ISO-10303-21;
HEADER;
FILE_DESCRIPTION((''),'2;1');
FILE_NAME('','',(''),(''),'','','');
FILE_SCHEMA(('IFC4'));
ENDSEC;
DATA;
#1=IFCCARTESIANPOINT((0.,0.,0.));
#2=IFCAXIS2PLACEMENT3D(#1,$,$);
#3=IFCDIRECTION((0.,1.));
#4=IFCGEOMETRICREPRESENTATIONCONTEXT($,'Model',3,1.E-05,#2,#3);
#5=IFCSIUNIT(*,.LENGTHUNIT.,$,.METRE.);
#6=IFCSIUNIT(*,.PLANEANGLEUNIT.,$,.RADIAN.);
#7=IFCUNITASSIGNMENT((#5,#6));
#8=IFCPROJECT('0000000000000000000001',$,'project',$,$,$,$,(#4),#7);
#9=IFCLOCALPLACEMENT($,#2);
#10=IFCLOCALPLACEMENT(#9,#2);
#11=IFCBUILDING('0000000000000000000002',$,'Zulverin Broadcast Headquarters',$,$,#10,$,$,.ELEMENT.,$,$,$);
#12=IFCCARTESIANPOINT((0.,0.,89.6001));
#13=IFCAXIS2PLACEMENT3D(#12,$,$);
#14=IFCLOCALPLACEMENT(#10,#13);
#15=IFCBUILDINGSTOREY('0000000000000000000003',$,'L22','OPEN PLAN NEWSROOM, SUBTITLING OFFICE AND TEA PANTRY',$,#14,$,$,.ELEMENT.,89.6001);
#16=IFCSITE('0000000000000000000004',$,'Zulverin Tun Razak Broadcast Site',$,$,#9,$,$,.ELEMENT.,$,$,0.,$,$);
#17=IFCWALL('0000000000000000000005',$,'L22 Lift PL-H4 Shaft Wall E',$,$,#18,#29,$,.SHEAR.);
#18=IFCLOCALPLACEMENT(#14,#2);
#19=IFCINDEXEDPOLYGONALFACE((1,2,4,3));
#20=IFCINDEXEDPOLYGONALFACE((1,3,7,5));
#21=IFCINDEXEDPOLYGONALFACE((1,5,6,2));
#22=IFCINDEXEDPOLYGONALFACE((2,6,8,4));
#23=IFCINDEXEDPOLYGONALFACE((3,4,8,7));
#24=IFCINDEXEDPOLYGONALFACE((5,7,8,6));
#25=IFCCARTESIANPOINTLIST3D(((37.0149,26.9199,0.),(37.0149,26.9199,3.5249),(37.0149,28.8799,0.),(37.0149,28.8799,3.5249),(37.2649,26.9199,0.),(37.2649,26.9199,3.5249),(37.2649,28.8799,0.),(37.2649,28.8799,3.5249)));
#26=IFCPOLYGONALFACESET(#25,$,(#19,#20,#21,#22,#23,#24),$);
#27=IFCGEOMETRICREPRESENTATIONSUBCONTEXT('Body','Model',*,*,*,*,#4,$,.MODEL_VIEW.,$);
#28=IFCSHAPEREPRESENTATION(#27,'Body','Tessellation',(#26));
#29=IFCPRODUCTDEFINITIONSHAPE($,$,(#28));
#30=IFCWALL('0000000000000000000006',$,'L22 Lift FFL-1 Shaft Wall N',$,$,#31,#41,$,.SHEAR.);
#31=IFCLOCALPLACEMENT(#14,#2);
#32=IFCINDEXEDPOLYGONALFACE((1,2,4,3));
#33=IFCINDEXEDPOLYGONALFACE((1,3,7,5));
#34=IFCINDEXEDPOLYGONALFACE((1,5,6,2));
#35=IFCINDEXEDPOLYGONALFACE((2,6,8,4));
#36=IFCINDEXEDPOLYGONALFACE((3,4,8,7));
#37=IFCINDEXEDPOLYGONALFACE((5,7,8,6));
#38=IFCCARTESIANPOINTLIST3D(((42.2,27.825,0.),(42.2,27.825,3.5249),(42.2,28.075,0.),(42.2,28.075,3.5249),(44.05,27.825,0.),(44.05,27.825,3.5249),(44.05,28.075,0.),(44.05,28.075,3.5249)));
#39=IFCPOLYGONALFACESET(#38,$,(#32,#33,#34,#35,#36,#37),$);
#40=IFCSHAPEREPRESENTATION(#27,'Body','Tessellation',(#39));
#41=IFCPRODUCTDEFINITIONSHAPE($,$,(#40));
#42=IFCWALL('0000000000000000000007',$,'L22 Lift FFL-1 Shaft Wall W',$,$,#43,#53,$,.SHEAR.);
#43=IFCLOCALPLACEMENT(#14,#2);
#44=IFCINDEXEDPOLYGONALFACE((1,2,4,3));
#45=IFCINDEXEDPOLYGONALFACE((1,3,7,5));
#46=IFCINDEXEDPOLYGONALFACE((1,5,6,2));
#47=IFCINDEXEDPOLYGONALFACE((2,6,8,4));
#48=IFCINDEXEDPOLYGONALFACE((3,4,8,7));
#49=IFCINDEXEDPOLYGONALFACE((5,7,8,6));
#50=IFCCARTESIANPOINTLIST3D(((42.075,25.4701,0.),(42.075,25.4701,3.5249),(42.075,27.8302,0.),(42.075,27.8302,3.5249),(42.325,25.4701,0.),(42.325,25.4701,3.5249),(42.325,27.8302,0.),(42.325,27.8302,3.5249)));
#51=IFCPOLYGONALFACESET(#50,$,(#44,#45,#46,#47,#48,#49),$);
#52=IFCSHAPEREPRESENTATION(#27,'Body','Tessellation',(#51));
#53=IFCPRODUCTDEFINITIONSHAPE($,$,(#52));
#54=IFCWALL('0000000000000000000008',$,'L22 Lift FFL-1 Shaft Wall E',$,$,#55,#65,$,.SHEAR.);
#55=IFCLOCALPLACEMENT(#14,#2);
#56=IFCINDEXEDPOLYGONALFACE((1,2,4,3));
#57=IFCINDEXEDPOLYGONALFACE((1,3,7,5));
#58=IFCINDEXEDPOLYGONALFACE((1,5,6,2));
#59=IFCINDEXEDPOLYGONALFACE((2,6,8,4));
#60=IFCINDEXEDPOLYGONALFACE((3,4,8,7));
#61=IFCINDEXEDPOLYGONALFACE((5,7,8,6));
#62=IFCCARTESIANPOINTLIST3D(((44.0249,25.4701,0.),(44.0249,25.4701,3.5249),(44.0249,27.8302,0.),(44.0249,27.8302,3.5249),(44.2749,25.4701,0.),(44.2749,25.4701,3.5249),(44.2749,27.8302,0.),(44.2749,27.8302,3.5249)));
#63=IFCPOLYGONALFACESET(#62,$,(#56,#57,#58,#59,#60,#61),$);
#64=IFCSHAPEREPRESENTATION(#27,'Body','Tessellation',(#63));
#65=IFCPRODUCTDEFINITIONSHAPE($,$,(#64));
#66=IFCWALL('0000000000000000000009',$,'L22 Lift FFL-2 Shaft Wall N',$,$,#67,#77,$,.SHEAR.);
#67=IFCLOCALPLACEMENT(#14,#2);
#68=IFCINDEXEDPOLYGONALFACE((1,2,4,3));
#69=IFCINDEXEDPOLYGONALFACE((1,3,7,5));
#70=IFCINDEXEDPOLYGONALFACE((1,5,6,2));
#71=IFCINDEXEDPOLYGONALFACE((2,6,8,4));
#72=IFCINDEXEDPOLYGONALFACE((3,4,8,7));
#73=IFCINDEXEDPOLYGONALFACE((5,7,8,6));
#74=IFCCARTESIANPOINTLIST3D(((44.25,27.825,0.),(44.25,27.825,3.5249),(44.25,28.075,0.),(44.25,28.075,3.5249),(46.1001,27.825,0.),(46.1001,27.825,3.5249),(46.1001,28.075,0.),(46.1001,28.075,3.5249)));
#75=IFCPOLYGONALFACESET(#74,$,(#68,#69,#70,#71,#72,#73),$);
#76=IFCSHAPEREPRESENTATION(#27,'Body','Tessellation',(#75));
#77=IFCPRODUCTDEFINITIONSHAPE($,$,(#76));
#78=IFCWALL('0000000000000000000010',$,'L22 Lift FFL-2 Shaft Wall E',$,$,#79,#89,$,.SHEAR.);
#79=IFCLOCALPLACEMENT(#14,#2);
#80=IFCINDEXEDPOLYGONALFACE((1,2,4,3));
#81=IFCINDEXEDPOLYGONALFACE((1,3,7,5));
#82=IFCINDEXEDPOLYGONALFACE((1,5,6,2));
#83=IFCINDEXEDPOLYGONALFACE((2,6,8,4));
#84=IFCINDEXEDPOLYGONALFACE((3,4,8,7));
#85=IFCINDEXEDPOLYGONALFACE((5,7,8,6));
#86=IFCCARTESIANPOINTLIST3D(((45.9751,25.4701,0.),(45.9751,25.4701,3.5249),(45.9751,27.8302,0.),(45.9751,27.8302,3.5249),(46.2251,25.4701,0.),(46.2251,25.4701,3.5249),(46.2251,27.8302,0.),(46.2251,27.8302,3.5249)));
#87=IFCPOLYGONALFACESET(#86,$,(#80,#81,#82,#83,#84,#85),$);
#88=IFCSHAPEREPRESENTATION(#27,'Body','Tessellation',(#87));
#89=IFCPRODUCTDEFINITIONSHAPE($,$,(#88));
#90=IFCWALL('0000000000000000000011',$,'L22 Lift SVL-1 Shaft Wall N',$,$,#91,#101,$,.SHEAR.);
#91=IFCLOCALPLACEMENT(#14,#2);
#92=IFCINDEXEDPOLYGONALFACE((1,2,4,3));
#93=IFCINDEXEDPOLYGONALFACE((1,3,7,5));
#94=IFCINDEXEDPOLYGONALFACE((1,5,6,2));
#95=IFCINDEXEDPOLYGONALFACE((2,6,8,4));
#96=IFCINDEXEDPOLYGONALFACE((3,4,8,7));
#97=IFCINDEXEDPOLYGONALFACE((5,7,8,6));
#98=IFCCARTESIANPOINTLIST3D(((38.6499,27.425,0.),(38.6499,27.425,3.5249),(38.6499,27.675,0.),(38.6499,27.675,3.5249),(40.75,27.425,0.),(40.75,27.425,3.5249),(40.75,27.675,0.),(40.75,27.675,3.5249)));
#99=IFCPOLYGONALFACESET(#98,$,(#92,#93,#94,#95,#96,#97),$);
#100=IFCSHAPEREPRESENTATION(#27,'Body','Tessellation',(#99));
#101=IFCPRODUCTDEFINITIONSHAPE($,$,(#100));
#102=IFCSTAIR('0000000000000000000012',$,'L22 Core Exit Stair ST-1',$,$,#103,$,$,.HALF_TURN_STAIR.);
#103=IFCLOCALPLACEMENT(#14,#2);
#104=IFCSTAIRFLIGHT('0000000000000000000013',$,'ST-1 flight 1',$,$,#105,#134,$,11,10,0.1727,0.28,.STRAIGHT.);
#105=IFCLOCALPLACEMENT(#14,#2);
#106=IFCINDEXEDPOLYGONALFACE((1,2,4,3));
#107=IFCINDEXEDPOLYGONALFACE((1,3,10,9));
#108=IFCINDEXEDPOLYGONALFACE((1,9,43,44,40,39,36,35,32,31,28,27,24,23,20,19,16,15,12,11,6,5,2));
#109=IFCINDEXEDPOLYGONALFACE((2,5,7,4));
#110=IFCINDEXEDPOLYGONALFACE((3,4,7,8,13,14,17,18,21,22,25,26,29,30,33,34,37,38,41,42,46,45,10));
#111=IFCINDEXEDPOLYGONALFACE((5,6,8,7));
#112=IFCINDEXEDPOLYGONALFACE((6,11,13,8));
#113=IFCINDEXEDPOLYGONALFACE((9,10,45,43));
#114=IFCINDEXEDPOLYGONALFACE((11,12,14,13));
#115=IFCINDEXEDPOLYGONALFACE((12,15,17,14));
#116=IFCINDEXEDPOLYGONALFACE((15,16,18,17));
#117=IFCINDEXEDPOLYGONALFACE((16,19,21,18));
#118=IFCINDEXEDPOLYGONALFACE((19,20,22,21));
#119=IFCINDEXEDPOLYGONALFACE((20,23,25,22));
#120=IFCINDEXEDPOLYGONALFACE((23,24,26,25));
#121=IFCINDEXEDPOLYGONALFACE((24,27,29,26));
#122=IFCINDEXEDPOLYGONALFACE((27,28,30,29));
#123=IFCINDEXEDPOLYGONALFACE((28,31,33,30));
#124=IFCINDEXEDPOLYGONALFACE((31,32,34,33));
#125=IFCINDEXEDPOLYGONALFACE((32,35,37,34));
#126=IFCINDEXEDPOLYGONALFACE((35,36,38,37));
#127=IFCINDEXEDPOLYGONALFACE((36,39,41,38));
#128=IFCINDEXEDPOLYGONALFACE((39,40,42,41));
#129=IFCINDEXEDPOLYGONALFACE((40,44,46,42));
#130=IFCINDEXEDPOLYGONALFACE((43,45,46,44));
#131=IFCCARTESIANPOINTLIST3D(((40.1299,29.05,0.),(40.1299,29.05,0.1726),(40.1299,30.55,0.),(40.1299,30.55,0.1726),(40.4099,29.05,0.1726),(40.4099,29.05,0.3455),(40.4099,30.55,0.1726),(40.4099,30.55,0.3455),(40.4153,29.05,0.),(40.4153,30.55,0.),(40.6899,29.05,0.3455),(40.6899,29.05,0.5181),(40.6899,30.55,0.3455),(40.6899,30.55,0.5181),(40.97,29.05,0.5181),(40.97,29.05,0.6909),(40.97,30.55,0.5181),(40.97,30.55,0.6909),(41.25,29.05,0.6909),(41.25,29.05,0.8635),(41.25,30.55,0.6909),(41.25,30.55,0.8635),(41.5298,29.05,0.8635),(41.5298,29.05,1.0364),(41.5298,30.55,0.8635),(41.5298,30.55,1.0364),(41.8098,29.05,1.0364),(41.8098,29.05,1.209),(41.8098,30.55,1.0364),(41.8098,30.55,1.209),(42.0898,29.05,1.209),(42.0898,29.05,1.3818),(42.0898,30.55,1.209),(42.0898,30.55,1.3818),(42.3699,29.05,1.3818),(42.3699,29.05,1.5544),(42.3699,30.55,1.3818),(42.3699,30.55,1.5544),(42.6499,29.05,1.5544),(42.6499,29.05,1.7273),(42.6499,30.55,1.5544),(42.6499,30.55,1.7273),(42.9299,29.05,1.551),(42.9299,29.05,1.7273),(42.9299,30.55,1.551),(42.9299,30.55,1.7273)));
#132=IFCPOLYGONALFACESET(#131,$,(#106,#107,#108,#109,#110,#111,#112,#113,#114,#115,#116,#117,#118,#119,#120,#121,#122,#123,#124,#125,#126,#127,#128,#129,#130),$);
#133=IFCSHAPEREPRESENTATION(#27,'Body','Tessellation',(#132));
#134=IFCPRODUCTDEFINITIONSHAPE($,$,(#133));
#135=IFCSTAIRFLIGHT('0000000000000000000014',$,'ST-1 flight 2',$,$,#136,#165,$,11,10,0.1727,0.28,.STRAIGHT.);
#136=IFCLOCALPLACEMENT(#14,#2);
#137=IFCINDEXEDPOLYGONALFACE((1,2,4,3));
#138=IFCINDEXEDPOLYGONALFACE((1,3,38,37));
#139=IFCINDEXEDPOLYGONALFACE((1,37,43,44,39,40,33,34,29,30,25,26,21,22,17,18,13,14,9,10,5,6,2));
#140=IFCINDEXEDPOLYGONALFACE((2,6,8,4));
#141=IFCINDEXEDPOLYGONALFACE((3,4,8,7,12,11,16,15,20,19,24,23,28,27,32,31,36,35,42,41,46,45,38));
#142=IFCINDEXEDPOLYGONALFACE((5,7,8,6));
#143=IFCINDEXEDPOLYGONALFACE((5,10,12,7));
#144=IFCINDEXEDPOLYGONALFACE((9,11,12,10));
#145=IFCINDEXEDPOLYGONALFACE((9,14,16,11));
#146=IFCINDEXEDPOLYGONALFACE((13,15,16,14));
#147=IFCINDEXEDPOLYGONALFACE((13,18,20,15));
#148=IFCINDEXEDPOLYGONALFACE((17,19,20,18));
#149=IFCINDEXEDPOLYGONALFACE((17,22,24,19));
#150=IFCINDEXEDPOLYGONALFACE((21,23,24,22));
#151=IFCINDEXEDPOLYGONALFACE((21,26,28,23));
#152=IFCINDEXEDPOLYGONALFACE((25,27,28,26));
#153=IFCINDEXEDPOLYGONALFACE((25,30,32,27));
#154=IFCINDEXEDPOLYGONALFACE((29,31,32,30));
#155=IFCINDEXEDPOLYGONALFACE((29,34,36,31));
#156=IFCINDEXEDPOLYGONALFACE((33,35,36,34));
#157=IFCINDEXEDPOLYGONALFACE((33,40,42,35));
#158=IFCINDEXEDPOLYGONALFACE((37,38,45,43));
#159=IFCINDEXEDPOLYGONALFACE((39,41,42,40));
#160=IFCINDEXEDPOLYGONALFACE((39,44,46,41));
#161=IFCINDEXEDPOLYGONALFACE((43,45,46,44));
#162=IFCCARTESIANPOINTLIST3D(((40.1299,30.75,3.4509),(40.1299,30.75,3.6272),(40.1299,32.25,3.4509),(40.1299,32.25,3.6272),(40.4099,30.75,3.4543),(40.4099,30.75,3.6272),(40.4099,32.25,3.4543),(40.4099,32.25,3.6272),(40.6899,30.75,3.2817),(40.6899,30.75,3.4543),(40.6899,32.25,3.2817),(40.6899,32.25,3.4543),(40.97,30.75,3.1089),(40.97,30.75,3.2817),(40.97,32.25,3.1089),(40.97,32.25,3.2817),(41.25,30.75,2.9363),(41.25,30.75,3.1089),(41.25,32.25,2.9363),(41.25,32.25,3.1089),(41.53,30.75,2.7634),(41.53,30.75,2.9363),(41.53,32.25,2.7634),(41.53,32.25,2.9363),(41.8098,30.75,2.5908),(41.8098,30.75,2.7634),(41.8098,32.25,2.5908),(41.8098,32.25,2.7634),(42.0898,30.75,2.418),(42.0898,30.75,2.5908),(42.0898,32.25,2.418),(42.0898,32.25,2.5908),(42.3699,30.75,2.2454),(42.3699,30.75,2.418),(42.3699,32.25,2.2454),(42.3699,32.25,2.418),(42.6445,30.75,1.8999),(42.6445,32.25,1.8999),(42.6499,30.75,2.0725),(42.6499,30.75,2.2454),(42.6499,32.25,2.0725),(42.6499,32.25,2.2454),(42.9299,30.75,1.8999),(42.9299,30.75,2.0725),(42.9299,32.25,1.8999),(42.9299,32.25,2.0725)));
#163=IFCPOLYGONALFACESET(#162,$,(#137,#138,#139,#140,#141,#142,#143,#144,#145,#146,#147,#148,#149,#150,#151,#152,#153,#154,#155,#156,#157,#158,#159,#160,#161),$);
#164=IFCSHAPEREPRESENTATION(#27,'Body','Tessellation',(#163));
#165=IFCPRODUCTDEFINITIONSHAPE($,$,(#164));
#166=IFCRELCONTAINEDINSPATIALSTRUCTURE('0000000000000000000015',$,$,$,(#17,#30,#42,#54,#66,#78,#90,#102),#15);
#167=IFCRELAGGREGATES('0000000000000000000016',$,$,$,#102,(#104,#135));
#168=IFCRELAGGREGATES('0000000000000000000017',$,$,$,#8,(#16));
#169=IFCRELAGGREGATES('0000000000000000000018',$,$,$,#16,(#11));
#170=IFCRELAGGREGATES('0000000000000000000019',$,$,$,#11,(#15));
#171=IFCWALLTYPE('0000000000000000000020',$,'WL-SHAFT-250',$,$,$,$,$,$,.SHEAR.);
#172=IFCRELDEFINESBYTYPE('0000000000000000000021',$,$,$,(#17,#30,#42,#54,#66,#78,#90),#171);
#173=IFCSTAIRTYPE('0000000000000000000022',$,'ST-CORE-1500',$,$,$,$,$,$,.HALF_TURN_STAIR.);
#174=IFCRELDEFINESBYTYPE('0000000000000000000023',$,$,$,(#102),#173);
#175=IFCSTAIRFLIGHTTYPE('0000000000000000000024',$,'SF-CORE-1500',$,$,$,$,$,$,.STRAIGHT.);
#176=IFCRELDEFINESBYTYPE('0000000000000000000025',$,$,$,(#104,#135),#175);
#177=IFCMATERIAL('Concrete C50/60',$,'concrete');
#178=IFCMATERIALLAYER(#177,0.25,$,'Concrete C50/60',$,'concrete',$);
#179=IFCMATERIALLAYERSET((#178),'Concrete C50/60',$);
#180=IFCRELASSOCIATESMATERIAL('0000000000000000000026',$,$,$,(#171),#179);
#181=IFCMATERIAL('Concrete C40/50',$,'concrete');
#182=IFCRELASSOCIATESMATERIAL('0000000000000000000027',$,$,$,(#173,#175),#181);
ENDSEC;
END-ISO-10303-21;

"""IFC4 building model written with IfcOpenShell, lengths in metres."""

from ifc_helpers import new_model, si_unit, direction, frame, frame_2d, origin, place, context, subcontext, project, spatial, polyline, rectangle, outline, extrude, material, layer, layer_set, type_object, element, aggregate, save


model = new_model("IFC4")

# Units and contexts
model_context = context("Model", 3, precision=1e-05, world=origin(), true_north=direction((0.0, 1.0)))
body_context = subcontext(model_context, "Body", "Model", "MODEL_VIEW")
ifc_project = project(units=[si_unit("LENGTHUNIT", "METRE"), si_unit("PLANEANGLEUNIT", "RADIAN")], contexts=[model_context])

# Site, building, storey
site_placement = place(None, origin())
site = spatial("IfcSite", under=ifc_project, at=site_placement, Name="Zulverin Tun Razak Broadcast Site", CompositionType="ELEMENT", RefElevation=0.0)
building_placement = place(site_placement, origin())
building = spatial("IfcBuilding", under=site, at=building_placement, Name="Zulverin Broadcast Headquarters", CompositionType="ELEMENT")
storey_placement = place(building_placement, frame((0.0, 0.0, 89.6001)))
storey = spatial("IfcBuildingStorey", under=building, at=storey_placement, Name="L22", Description="OPEN PLAN NEWSROOM, SUBTITLING OFFICE AND TEA PANTRY", CompositionType="ELEMENT", Elevation=89.6001)

# Shared definitions
ifc_material_1 = material(Name="Concrete C40/50", Category="concrete")

# Shared definitions
ifc_material_2 = material(Name="Concrete C50/60", Category="concrete")
ifc_layer_1 = layer(ifc_material_2, 0.25, Name="Concrete C50/60", Category="concrete")
ifc_layer_set_1 = layer_set([ifc_layer_1], Name="Concrete C50/60")
wall_type_1 = type_object("IfcWallType", Name="WL-SHAFT-250", PredefinedType="SHEAR", material=ifc_layer_set_1)

# Walls
wall_1_placement = place(storey_placement, frame((37.1399, 26.9199, 0.0), z_axis=(0.0, 0.0, 1.0), x_axis=(0.0, 1.0, 0.0)))
element("IfcWall", 1, at=wall_1_placement, inside=storey, type_object=wall_type_1, Name="L22 Lift PL-H4 Shaft Wall E", PredefinedType="SHEAR", context=body_context, shape_type="SweptSolid", body=[
    extrude(rectangle(XDim=1.96, YDim=0.25, at=frame_2d((0.98, 0.0))), origin(), (0.0, 0.0, 1.0), 3.5249),
])
wall_2_placement = place(storey_placement, frame((42.2, 27.95, 0.0), z_axis=(0.0, 0.0, 1.0), x_axis=(1.0, 0.0, 0.0)))
element("IfcWall", 2, at=wall_2_placement, inside=storey, type_object=wall_type_1, Name="L22 Lift FFL-1 Shaft Wall N", PredefinedType="SHEAR", context=body_context, shape_type="SweptSolid", body=[
    extrude(rectangle(XDim=1.8501, YDim=0.25, at=frame_2d((0.925, 0.0))), origin(), (0.0, 0.0, 1.0), 3.5249),
])
for number, where, z_axis, x_axis, name in (
    (3, (42.2, 25.47, 0.0), (0.0, 0.0, 1.0), (0.0, 1.0, 0.0), "L22 Lift FFL-1 Shaft Wall W"),
    (4, (44.1499, 25.47, 0.0), (0.0, 0.0, 1.0), (0.0, 1.0, 0.0), "L22 Lift FFL-1 Shaft Wall E"),
):
    element("IfcWall", number, at=place(storey_placement, frame(where, z_axis=z_axis, x_axis=x_axis)), inside=storey, type_object=wall_type_1, Name=name, PredefinedType="SHEAR", context=body_context, shape_type="SweptSolid", body=[
        extrude(rectangle(XDim=2.3601, YDim=0.25, at=frame_2d((1.1802, 0.0))), origin(), (0.0, 0.0, 1.0), 3.5249),
    ])
wall_3_placement = place(storey_placement, frame((44.25, 27.95, 0.0), z_axis=(0.0, 0.0, 1.0), x_axis=(1.0, 0.0, 0.0)))
element("IfcWall", 5, at=wall_3_placement, inside=storey, type_object=wall_type_1, Name="L22 Lift FFL-2 Shaft Wall N", PredefinedType="SHEAR", context=body_context, shape_type="SweptSolid", body=[
    extrude(rectangle(XDim=1.8501, YDim=0.25, at=frame_2d((0.925, 0.0))), origin(), (0.0, 0.0, 1.0), 3.5249),
])
wall_4_placement = place(storey_placement, frame((46.1001, 25.47, 0.0), z_axis=(0.0, 0.0, 1.0), x_axis=(0.0, 1.0, 0.0)))
element("IfcWall", 6, at=wall_4_placement, inside=storey, type_object=wall_type_1, Name="L22 Lift FFL-2 Shaft Wall E", PredefinedType="SHEAR", context=body_context, shape_type="SweptSolid", body=[
    extrude(rectangle(XDim=2.3601, YDim=0.25, at=frame_2d((1.1802, 0.0))), origin(), (0.0, 0.0, 1.0), 3.5249),
])
wall_5_placement = place(storey_placement, frame((38.6499, 27.55, 0.0), z_axis=(0.0, 0.0, 1.0), x_axis=(1.0, 0.0, 0.0)))
element("IfcWall", 7, at=wall_5_placement, inside=storey, type_object=wall_type_1, Name="L22 Lift SVL-1 Shaft Wall N", PredefinedType="SHEAR", context=body_context, shape_type="SweptSolid", body=[
    extrude(rectangle(XDim=2.1001, YDim=0.25, at=frame_2d((1.05, 0.0))), origin(), (0.0, 0.0, 1.0), 3.5249),
])

# Stair, stair flights
stair_type = type_object("IfcStairType", Name="ST-CORE-1500", PredefinedType="HALF_TURN_STAIR", material=ifc_material_1)
stair_placement = place(storey_placement, origin())
stair = element("IfcStair", 8, at=stair_placement, inside=storey, type_object=stair_type, Name="L22 Core Exit Stair ST-1", PredefinedType="HALF_TURN_STAIR")
stair_flight_type = type_object("IfcStairFlightType", Name="SF-CORE-1500", PredefinedType="STRAIGHT", material=ifc_material_1)
stair_flight_1_placement = place(storey_placement, frame((40.1299, 29.8, 0.0), z_axis=(0.0, 0.0, 1.0), x_axis=(1.0, 0.0, 0.0)))
stair_flight_1 = element("IfcStairFlight", 9, at=stair_flight_1_placement, type_object=stair_flight_type, Name="ST-1 flight 1", NumberOfRisers=11, NumberOfTreads=10, PredefinedType="STRAIGHT", RiserHeight=0.1727, TreadLength=0.28, context=body_context, shape_type="SweptSolid", body=[
    extrude(outline(polyline([(0.0, 0.0), (0.0, 0.1726), (0.28, 0.1726), (0.28, 0.3455), (0.5601, 0.3455), (0.5601, 0.5181), (0.8401, 0.5181), (0.8401, 0.6909), (1.1201, 0.6909), (1.1201, 0.8635), (1.3999, 0.8635), (1.3999, 1.0364), (1.6799, 1.0364), (1.6799, 1.209), (1.96, 1.209), (1.96, 1.3818), (2.24, 1.3818), (2.24, 1.5544), (2.52, 1.5544), (2.52, 1.7273), (2.8, 1.7273), (2.8, 1.8999), (2.8, 1.551), (0.2854, 0.0), (0.0, 0.0)])), frame((0.0, 0.75, 0.0), z_axis=(0.0, -1.0, 0.0), x_axis=(1.0, 0.0, 0.0)), (0.0, 0.0, 1.0), 1.5),
])
stair_flight_2_placement = place(storey_placement, frame((42.9299, 31.5, 1.8999), z_axis=(0.0, 0.0, 1.0), x_axis=(-1.0, 0.0, 0.0)))
stair_flight_2 = element("IfcStairFlight", 10, at=stair_flight_2_placement, type_object=stair_flight_type, Name="ST-1 flight 2", NumberOfRisers=11, NumberOfTreads=10, PredefinedType="STRAIGHT", RiserHeight=0.1727, TreadLength=0.28, context=body_context, shape_type="SweptSolid", body=[
    extrude(outline(polyline([(0.0, 0.0), (0.0, 0.1726), (0.28, 0.1726), (0.28, 0.3455), (0.5601, 0.3455), (0.5601, 0.5181), (0.8401, 0.5181), (0.8401, 0.6909), (1.1201, 0.6909), (1.1201, 0.8635), (1.3999, 0.8635), (1.3999, 1.0364), (1.6799, 1.0364), (1.6799, 1.209), (1.96, 1.209), (1.96, 1.3818), (2.24, 1.3818), (2.24, 1.5544), (2.52, 1.5544), (2.52, 1.7273), (2.8, 1.7273), (2.8, 1.8999), (2.8, 1.551), (0.2854, 0.0), (0.0, 0.0)])), frame((0.0, 0.75, 0.0), z_axis=(0.0, -1.0, 0.0), x_axis=(1.0, 0.0, 0.0)), (0.0, 0.0, 1.0), 1.5),
])
aggregate(stair, [stair_flight_1, stair_flight_2])

save(model, "model.ifc")
